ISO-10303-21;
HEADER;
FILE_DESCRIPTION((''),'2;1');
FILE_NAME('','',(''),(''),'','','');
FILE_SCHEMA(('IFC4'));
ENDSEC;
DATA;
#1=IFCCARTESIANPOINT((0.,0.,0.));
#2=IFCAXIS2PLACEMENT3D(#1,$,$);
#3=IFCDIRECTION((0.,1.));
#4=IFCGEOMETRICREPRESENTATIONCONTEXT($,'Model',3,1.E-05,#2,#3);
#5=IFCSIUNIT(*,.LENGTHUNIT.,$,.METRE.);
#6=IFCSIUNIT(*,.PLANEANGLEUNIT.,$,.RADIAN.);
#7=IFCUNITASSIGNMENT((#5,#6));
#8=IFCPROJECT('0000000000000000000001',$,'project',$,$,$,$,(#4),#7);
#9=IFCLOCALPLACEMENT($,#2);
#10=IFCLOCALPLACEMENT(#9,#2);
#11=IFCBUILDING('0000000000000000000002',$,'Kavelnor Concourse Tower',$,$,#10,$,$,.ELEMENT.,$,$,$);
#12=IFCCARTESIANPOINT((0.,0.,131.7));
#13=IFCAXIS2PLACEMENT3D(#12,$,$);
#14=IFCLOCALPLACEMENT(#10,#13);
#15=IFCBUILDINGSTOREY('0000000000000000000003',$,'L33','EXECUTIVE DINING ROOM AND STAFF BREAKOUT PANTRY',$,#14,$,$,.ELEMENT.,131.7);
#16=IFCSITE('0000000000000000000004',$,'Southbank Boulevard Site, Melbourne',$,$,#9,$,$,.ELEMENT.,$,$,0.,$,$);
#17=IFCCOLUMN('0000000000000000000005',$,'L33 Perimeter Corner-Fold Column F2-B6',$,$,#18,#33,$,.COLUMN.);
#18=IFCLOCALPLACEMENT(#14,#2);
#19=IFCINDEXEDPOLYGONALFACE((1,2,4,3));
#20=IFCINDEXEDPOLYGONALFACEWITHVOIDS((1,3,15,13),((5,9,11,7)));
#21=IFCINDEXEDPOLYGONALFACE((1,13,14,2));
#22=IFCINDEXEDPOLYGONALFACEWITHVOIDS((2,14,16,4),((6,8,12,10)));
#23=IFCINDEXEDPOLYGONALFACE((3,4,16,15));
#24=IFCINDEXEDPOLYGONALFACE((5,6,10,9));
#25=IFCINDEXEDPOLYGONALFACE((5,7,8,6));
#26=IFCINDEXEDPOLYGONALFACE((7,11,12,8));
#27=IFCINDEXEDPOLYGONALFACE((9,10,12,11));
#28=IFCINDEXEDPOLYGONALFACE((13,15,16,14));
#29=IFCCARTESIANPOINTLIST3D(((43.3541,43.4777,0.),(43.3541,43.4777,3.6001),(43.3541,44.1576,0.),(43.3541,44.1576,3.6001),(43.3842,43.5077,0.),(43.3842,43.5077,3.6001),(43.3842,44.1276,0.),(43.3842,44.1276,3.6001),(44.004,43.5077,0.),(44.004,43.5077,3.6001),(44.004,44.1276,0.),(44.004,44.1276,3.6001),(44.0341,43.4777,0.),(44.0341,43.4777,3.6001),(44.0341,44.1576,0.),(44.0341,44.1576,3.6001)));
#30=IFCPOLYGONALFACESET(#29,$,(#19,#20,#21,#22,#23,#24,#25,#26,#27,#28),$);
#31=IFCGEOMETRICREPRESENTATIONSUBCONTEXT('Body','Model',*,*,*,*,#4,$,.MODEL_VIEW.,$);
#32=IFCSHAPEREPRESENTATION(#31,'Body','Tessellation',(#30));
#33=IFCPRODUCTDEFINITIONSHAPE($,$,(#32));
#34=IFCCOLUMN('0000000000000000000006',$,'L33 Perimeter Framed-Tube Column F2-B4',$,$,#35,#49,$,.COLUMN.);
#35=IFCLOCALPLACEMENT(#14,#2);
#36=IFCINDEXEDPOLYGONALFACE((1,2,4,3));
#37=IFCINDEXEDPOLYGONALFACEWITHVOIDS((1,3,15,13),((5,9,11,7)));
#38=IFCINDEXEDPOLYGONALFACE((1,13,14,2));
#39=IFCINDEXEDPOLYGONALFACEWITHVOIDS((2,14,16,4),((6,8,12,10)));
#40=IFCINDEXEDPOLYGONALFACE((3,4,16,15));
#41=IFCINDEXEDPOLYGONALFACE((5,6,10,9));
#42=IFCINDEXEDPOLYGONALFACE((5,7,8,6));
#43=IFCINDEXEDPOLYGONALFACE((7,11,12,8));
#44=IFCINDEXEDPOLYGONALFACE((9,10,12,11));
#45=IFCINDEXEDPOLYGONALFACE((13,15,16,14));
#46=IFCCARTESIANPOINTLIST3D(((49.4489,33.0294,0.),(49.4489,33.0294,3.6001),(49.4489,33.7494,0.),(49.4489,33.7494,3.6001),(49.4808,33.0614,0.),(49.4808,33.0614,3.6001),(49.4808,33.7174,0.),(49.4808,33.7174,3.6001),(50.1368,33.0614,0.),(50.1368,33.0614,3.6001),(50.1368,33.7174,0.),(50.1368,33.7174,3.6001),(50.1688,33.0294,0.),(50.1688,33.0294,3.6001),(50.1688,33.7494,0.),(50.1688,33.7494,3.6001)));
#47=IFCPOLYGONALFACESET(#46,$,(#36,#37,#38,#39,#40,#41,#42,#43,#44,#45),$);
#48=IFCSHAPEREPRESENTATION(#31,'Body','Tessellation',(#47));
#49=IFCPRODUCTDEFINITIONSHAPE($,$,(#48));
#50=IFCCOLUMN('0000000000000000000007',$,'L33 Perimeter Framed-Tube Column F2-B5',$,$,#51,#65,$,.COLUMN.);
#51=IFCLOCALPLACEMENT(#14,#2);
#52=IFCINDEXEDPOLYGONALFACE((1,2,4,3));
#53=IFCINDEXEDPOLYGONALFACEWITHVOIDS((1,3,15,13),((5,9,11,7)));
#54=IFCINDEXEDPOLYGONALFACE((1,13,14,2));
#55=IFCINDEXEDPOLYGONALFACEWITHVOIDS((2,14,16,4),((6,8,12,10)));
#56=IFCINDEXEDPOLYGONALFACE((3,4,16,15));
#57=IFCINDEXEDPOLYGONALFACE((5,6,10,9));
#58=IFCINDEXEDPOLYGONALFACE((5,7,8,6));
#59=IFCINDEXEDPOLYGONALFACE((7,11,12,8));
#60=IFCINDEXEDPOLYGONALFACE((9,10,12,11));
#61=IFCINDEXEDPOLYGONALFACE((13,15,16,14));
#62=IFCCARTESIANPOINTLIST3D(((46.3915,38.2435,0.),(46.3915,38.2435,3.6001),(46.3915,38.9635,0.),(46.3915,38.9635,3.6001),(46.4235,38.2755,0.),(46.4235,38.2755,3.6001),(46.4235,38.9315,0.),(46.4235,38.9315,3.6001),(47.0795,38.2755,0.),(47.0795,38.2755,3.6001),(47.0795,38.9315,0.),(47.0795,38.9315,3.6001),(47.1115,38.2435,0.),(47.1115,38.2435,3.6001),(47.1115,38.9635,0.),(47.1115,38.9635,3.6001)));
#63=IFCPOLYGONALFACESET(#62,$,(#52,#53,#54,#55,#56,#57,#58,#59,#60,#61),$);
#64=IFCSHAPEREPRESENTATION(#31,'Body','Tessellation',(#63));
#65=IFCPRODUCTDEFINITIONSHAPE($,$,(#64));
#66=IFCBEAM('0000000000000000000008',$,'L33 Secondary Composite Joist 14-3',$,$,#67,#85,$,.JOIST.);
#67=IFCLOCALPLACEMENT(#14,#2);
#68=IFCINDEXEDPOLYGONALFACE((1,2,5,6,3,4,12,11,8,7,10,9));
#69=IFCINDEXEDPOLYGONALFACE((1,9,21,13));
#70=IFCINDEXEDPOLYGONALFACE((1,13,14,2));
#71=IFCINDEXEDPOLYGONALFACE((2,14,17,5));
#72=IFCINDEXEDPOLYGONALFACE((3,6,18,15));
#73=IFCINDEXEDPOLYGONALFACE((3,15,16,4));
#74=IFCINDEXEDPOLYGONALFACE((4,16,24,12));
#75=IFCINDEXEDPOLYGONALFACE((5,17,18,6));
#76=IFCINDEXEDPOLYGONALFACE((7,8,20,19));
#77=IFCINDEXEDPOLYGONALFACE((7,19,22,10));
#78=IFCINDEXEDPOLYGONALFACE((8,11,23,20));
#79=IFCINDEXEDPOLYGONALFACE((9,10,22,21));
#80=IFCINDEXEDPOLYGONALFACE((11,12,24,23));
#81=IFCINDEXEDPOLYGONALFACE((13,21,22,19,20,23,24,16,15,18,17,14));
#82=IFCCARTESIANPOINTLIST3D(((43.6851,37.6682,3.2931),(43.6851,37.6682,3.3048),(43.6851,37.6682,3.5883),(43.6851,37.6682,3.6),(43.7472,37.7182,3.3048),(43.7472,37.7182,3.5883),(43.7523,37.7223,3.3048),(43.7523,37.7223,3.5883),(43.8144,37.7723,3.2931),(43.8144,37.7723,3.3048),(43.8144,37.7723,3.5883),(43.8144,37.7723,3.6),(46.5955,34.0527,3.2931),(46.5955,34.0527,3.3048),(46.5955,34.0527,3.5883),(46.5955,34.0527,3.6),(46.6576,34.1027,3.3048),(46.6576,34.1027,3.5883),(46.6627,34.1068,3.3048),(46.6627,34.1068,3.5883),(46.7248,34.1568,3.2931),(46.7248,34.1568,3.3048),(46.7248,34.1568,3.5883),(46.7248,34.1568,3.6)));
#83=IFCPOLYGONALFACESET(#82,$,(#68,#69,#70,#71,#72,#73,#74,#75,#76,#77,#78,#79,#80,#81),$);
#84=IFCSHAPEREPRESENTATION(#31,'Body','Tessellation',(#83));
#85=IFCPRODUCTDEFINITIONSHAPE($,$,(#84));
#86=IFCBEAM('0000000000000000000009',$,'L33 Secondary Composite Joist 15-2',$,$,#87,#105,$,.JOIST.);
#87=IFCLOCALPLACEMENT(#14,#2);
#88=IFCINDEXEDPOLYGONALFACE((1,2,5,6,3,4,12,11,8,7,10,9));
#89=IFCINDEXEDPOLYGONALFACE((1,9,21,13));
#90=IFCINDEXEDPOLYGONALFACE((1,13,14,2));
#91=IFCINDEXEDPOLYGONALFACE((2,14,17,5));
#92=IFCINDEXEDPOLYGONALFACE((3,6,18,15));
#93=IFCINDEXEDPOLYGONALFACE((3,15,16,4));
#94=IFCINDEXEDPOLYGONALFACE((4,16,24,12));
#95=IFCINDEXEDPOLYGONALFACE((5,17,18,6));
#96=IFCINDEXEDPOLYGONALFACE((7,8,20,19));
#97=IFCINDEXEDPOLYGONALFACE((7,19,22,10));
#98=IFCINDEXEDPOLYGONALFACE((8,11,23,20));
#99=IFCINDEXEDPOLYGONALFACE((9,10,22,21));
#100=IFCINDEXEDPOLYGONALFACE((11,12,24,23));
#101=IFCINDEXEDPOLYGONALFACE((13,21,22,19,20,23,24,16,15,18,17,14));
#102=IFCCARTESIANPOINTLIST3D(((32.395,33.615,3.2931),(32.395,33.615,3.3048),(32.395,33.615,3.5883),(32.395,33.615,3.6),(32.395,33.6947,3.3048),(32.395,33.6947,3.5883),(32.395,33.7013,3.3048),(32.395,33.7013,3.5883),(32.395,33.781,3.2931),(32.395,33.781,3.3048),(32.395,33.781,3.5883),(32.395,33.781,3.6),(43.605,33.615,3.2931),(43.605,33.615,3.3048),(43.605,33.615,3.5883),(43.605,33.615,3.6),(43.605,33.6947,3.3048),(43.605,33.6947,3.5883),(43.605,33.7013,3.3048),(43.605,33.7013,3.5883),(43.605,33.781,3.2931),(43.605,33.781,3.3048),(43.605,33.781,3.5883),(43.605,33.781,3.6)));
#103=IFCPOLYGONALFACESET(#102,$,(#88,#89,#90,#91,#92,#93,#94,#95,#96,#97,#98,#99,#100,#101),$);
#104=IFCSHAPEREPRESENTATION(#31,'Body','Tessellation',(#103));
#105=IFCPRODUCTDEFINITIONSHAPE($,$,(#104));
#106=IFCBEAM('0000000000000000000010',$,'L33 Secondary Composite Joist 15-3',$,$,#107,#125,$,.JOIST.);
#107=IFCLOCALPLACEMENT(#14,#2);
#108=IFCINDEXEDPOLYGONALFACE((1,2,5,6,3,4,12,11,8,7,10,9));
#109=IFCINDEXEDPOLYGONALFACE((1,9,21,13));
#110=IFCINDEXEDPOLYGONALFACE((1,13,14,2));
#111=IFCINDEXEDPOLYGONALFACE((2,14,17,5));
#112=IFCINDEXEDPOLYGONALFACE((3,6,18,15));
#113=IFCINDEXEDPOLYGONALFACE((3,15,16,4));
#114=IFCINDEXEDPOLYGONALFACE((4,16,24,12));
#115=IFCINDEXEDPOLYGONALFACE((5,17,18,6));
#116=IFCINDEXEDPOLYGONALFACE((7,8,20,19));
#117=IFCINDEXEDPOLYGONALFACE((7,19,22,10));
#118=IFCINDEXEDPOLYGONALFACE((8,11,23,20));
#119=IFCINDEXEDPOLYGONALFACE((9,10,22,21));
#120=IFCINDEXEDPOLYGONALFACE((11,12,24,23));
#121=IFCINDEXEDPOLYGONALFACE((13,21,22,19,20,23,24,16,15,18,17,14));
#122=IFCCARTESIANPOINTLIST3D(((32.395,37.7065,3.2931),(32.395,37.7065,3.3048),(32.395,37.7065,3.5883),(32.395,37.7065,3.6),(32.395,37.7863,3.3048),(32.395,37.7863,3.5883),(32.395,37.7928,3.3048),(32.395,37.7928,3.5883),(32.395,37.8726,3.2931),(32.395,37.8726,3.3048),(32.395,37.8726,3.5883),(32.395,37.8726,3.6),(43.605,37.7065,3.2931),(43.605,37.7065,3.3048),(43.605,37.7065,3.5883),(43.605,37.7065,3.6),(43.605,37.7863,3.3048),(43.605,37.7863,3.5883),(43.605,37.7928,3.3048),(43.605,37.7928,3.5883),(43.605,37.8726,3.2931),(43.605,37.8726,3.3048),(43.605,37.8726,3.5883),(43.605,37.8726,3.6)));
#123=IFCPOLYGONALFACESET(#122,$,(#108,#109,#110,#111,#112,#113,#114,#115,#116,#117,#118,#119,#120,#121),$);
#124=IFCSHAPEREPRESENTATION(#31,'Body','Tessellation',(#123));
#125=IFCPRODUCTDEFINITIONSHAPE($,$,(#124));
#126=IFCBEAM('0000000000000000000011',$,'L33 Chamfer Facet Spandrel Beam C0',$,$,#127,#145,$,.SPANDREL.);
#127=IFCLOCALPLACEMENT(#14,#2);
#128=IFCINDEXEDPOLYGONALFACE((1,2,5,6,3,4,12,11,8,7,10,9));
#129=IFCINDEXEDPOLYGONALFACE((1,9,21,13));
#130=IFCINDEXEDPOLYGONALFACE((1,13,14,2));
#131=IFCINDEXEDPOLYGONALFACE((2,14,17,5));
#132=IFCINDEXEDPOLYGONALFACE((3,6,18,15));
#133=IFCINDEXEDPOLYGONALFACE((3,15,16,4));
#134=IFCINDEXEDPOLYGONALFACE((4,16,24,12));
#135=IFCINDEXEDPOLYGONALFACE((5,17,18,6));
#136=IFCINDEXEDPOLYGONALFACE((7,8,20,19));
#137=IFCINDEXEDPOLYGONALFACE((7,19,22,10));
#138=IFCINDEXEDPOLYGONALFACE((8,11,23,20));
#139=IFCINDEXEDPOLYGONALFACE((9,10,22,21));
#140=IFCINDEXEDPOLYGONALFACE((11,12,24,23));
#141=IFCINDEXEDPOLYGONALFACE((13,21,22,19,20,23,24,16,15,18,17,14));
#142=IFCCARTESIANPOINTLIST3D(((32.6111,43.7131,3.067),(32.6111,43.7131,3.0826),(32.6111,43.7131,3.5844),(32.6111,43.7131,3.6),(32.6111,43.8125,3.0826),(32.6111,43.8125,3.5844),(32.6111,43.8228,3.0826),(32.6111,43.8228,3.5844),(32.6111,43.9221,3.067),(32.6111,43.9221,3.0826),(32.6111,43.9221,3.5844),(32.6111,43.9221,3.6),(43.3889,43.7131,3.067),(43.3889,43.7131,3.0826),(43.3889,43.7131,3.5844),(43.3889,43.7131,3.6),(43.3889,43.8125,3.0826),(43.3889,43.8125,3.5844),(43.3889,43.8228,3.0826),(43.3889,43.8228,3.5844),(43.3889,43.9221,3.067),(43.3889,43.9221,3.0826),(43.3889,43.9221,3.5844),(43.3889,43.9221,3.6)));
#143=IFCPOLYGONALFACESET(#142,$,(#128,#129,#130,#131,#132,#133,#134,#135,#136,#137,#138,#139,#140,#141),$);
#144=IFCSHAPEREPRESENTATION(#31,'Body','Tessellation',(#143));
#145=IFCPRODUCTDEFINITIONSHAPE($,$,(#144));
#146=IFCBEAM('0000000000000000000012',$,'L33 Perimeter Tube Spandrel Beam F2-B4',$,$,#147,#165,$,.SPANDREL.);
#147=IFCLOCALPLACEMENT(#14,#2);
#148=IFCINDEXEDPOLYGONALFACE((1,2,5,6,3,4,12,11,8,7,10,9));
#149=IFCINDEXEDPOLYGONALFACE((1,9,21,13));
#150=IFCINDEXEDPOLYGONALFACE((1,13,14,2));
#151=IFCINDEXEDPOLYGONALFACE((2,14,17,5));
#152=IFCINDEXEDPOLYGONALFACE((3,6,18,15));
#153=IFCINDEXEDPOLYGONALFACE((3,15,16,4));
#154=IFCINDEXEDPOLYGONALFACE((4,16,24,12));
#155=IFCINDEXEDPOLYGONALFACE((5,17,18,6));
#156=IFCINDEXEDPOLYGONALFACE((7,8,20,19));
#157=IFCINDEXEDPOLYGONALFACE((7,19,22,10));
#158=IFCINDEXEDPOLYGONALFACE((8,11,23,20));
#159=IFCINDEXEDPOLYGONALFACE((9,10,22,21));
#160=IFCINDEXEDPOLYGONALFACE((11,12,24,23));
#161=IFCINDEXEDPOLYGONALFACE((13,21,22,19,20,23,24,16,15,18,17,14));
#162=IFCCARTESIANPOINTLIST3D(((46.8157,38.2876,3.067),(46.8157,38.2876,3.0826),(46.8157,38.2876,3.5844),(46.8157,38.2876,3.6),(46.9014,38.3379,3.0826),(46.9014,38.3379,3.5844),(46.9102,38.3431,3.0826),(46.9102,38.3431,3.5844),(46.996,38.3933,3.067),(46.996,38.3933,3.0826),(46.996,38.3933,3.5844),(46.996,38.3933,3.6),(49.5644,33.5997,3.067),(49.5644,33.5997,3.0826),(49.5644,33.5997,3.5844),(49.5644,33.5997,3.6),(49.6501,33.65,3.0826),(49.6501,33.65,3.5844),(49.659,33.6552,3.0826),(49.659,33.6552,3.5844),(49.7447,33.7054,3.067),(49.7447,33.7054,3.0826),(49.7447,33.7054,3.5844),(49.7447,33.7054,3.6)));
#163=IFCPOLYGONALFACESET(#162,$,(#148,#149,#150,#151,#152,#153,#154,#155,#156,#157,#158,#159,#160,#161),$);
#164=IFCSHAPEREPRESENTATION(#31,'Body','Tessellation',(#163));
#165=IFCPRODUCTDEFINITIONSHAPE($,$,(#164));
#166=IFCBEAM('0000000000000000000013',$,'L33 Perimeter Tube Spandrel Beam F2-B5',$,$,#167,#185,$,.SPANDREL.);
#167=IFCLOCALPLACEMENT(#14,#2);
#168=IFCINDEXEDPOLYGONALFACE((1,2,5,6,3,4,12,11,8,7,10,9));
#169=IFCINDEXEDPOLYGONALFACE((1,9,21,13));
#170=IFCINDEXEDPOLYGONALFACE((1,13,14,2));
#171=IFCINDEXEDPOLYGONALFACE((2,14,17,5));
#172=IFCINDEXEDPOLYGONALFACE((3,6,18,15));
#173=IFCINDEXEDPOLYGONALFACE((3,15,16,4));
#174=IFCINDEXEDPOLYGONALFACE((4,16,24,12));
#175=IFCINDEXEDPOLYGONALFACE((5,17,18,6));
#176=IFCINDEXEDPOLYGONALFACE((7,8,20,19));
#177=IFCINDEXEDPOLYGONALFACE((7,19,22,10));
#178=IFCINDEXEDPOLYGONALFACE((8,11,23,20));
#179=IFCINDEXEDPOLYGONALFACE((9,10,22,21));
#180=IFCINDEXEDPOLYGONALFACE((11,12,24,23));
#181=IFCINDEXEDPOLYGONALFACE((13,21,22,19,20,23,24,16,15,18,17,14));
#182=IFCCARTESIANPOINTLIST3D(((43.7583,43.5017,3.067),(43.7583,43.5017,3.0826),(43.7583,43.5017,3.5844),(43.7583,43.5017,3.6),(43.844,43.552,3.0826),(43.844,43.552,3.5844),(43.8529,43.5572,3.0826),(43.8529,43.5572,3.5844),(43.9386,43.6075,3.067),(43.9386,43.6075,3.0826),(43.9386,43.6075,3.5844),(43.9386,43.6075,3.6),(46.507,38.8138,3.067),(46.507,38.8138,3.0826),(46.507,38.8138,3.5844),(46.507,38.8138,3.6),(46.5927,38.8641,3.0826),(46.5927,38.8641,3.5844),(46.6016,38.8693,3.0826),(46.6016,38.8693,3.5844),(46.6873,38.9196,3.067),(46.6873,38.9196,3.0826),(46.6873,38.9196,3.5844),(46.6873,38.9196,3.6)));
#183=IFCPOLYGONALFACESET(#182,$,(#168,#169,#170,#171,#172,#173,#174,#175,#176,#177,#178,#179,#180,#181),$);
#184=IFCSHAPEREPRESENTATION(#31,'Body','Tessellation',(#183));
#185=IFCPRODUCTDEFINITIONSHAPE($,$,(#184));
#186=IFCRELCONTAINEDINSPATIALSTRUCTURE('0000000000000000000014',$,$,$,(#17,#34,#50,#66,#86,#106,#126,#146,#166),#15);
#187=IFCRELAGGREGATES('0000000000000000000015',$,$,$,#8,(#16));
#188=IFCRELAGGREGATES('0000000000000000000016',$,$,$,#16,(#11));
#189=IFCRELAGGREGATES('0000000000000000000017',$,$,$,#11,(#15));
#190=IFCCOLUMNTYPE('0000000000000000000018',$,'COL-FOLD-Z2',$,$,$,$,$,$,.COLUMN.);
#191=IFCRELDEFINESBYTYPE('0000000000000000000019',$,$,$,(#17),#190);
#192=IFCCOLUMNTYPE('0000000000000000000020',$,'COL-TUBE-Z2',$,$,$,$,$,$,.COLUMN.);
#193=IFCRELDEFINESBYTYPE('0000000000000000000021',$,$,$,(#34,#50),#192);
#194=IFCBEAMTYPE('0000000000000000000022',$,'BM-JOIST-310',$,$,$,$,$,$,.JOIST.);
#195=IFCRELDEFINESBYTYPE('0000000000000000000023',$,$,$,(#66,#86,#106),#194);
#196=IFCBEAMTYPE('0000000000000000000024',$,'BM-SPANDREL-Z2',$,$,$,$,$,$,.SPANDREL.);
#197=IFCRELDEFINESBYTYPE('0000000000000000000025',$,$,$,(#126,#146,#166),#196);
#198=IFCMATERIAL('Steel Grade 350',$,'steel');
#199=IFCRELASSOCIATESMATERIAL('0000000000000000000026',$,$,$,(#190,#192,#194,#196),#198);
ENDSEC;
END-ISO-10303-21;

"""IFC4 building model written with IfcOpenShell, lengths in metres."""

from ifc_helpers import new_model, si_unit, direction, frame, origin, origin_2d, place, context, subcontext, project, spatial, hollow_rectangle, i_section, extrude, material, material_profile, profile_set, type_object, element, save


model = new_model("IFC4")

# Units and contexts
model_context = context("Model", 3, precision=1e-05, world=origin(), true_north=direction((0.0, 1.0)))
body_context = subcontext(model_context, "Body", "Model", "MODEL_VIEW")
ifc_project = project(units=[si_unit("LENGTHUNIT", "METRE"), si_unit("PLANEANGLEUNIT", "RADIAN")], contexts=[model_context])

# Site, building, storey
site_placement = place(None, origin())
site = spatial("IfcSite", under=ifc_project, at=site_placement, Name="Southbank Boulevard Site, Melbourne", CompositionType="ELEMENT", RefElevation=0.0)
building_placement = place(site_placement, origin())
building = spatial("IfcBuilding", under=site, at=building_placement, Name="Kavelnor Concourse Tower", CompositionType="ELEMENT")
storey_placement = place(building_placement, frame((0.0, 0.0, 131.7)))
storey = spatial("IfcBuildingStorey", under=building, at=storey_placement, Name="L33", Description="EXECUTIVE DINING ROOM AND STAFF BREAKOUT PANTRY", CompositionType="ELEMENT", Elevation=131.7)

# Columns
ifc_material_1 = material(Name="Steel Grade 350", Category="steel")
ifc_material_profile_1 = material_profile(ifc_material_1, hollow_rectangle(XDim=0.6799, YDim=0.6799, WallThickness=0.03, at=origin_2d()), Name="SHS 680x680x30")
ifc_profile_set_1 = profile_set([ifc_material_profile_1], Name="Steel Grade 350")
column_type_1 = type_object("IfcColumnType", Name="COL-FOLD-Z2", PredefinedType="COLUMN", material=ifc_profile_set_1)
column_placement = place(storey_placement, frame((43.6941, 43.8176, 0.0), z_axis=(0.0, 0.0, 1.0), x_axis=(1.0, 0.0, 0.0)))
element("IfcColumn", 1, at=column_placement, inside=storey, type_object=column_type_1, Name="L33 Perimeter Corner-Fold Column F2-B6", PredefinedType="COLUMN", context=body_context, shape_type="SweptSolid", body=[
    extrude(hollow_rectangle(XDim=0.6799, YDim=0.6799, WallThickness=0.03, at=origin_2d()), origin(), (0.0, 0.0, 1.0), 3.6001),
])
ifc_material_profile_2 = material_profile(ifc_material_1, hollow_rectangle(XDim=0.72, YDim=0.72, WallThickness=0.032, at=origin_2d()), Name="SHS 720x720x32")
ifc_profile_set_2 = profile_set([ifc_material_profile_2], Name="Steel Grade 350")
column_type_2 = type_object("IfcColumnType", Name="COL-TUBE-Z2", PredefinedType="COLUMN", material=ifc_profile_set_2)
for number, where, z_axis, x_axis, name in (
    (2, (49.8088, 33.3894, 0.0), (0.0, 0.0, 1.0), (1.0, 0.0, 0.0), "L33 Perimeter Framed-Tube Column F2-B4"),
    (3, (46.7515, 38.6035, 0.0), (0.0, 0.0, 1.0), (1.0, 0.0, 0.0), "L33 Perimeter Framed-Tube Column F2-B5"),
):
    element("IfcColumn", number, at=place(storey_placement, frame(where, z_axis=z_axis, x_axis=x_axis)), inside=storey, type_object=column_type_2, Name=name, PredefinedType="COLUMN", context=body_context, shape_type="SweptSolid", body=[
        extrude(hollow_rectangle(XDim=0.72, YDim=0.72, WallThickness=0.032, at=origin_2d()), origin(), (0.0, 0.0, 1.0), 3.6001),
    ])

# Beams
ifc_material_profile_3 = material_profile(ifc_material_1, i_section(OverallWidth=0.166, OverallDepth=0.3069, WebThickness=0.0066, FlangeThickness=0.0117, at=origin_2d()), Name="310UB46")
ifc_profile_set_3 = profile_set([ifc_material_profile_3], Name="Steel Grade 350")
beam_type_1 = type_object("IfcBeamType", Name="BM-JOIST-310", PredefinedType="JOIST", material=ifc_profile_set_3)
beam_1_placement = place(storey_placement, frame((46.6602, 34.1047, 3.4465), z_axis=(-0.627059, 0.778972, 0.0), x_axis=(-0.778972, -0.627059, 0.0)))
element("IfcBeam", 4, at=beam_1_placement, inside=storey, type_object=beam_type_1, Name="L33 Secondary Composite Joist 14-3", PredefinedType="JOIST", context=body_context, shape_type="SweptSolid", body=[
    extrude(i_section(OverallWidth=0.166, OverallDepth=0.3069, WebThickness=0.0066, FlangeThickness=0.0117, at=origin_2d()), origin(), (0.0, 0.0, 1.0), 4.6414),
])
for number, where, z_axis, x_axis, name in (
    (5, (43.605, 33.698, 3.4465), (-1.0, 0.0, 0.0), (0.0, -1.0, 0.0), "L33 Secondary Composite Joist 15-2"),
    (6, (43.605, 37.7896, 3.4465), (-1.0, 0.0, 0.0), (0.0, -1.0, 0.0), "L33 Secondary Composite Joist 15-3"),
):
    element("IfcBeam", number, at=place(storey_placement, frame(where, z_axis=z_axis, x_axis=x_axis)), inside=storey, type_object=beam_type_1, Name=name, PredefinedType="JOIST", context=body_context, shape_type="SweptSolid", body=[
        extrude(i_section(OverallWidth=0.166, OverallDepth=0.3069, WebThickness=0.0066, FlangeThickness=0.0117, at=origin_2d()), origin(), (0.0, 0.0, 1.0), 11.21),
    ])
ifc_material_profile_4 = material_profile(ifc_material_1, i_section(OverallWidth=0.209, OverallDepth=0.533, WebThickness=0.0103, FlangeThickness=0.0156, at=origin_2d()), Name="530UB92")
ifc_profile_set_4 = profile_set([ifc_material_profile_4], Name="Steel Grade 350")
beam_type_2 = type_object("IfcBeamType", Name="BM-SPANDREL-Z2", PredefinedType="SPANDREL", material=ifc_profile_set_4)
beam_2_placement = place(storey_placement, frame((43.3889, 43.8176, 3.3335), z_axis=(-1.0, 0.0, 0.0), x_axis=(0.0, -1.0, 0.0)))
element("IfcBeam", 7, at=beam_2_placement, inside=storey, type_object=beam_type_2, Name="L33 Chamfer Facet Spandrel Beam C0", PredefinedType="SPANDREL", context=body_context, shape_type="SweptSolid", body=[
    extrude(i_section(OverallWidth=0.209, OverallDepth=0.533, WebThickness=0.0103, FlangeThickness=0.0156, at=origin_2d()), origin(), (0.0, 0.0, 1.0), 10.7778),
])
for number, where, z_axis, x_axis, name in (
    (8, (49.6545, 33.6526, 3.3335), (-0.505808, 0.862646, 0.0), (-0.862646, -0.505808, 0.0), "L33 Perimeter Tube Spandrel Beam F2-B4"),
    (9, (46.5972, 38.8667, 3.3335), (-0.505808, 0.862646, 0.0), (-0.862646, -0.505808, 0.0), "L33 Perimeter Tube Spandrel Beam F2-B5"),
):
    element("IfcBeam", number, at=place(storey_placement, frame(where, z_axis=z_axis, x_axis=x_axis)), inside=storey, type_object=beam_type_2, Name=name, PredefinedType="SPANDREL", context=body_context, shape_type="SweptSolid", body=[
        extrude(i_section(OverallWidth=0.209, OverallDepth=0.533, WebThickness=0.0103, FlangeThickness=0.0156, at=origin_2d()), origin(), (0.0, 0.0, 1.0), 5.4343),
    ])

save(model, "model.ifc")
